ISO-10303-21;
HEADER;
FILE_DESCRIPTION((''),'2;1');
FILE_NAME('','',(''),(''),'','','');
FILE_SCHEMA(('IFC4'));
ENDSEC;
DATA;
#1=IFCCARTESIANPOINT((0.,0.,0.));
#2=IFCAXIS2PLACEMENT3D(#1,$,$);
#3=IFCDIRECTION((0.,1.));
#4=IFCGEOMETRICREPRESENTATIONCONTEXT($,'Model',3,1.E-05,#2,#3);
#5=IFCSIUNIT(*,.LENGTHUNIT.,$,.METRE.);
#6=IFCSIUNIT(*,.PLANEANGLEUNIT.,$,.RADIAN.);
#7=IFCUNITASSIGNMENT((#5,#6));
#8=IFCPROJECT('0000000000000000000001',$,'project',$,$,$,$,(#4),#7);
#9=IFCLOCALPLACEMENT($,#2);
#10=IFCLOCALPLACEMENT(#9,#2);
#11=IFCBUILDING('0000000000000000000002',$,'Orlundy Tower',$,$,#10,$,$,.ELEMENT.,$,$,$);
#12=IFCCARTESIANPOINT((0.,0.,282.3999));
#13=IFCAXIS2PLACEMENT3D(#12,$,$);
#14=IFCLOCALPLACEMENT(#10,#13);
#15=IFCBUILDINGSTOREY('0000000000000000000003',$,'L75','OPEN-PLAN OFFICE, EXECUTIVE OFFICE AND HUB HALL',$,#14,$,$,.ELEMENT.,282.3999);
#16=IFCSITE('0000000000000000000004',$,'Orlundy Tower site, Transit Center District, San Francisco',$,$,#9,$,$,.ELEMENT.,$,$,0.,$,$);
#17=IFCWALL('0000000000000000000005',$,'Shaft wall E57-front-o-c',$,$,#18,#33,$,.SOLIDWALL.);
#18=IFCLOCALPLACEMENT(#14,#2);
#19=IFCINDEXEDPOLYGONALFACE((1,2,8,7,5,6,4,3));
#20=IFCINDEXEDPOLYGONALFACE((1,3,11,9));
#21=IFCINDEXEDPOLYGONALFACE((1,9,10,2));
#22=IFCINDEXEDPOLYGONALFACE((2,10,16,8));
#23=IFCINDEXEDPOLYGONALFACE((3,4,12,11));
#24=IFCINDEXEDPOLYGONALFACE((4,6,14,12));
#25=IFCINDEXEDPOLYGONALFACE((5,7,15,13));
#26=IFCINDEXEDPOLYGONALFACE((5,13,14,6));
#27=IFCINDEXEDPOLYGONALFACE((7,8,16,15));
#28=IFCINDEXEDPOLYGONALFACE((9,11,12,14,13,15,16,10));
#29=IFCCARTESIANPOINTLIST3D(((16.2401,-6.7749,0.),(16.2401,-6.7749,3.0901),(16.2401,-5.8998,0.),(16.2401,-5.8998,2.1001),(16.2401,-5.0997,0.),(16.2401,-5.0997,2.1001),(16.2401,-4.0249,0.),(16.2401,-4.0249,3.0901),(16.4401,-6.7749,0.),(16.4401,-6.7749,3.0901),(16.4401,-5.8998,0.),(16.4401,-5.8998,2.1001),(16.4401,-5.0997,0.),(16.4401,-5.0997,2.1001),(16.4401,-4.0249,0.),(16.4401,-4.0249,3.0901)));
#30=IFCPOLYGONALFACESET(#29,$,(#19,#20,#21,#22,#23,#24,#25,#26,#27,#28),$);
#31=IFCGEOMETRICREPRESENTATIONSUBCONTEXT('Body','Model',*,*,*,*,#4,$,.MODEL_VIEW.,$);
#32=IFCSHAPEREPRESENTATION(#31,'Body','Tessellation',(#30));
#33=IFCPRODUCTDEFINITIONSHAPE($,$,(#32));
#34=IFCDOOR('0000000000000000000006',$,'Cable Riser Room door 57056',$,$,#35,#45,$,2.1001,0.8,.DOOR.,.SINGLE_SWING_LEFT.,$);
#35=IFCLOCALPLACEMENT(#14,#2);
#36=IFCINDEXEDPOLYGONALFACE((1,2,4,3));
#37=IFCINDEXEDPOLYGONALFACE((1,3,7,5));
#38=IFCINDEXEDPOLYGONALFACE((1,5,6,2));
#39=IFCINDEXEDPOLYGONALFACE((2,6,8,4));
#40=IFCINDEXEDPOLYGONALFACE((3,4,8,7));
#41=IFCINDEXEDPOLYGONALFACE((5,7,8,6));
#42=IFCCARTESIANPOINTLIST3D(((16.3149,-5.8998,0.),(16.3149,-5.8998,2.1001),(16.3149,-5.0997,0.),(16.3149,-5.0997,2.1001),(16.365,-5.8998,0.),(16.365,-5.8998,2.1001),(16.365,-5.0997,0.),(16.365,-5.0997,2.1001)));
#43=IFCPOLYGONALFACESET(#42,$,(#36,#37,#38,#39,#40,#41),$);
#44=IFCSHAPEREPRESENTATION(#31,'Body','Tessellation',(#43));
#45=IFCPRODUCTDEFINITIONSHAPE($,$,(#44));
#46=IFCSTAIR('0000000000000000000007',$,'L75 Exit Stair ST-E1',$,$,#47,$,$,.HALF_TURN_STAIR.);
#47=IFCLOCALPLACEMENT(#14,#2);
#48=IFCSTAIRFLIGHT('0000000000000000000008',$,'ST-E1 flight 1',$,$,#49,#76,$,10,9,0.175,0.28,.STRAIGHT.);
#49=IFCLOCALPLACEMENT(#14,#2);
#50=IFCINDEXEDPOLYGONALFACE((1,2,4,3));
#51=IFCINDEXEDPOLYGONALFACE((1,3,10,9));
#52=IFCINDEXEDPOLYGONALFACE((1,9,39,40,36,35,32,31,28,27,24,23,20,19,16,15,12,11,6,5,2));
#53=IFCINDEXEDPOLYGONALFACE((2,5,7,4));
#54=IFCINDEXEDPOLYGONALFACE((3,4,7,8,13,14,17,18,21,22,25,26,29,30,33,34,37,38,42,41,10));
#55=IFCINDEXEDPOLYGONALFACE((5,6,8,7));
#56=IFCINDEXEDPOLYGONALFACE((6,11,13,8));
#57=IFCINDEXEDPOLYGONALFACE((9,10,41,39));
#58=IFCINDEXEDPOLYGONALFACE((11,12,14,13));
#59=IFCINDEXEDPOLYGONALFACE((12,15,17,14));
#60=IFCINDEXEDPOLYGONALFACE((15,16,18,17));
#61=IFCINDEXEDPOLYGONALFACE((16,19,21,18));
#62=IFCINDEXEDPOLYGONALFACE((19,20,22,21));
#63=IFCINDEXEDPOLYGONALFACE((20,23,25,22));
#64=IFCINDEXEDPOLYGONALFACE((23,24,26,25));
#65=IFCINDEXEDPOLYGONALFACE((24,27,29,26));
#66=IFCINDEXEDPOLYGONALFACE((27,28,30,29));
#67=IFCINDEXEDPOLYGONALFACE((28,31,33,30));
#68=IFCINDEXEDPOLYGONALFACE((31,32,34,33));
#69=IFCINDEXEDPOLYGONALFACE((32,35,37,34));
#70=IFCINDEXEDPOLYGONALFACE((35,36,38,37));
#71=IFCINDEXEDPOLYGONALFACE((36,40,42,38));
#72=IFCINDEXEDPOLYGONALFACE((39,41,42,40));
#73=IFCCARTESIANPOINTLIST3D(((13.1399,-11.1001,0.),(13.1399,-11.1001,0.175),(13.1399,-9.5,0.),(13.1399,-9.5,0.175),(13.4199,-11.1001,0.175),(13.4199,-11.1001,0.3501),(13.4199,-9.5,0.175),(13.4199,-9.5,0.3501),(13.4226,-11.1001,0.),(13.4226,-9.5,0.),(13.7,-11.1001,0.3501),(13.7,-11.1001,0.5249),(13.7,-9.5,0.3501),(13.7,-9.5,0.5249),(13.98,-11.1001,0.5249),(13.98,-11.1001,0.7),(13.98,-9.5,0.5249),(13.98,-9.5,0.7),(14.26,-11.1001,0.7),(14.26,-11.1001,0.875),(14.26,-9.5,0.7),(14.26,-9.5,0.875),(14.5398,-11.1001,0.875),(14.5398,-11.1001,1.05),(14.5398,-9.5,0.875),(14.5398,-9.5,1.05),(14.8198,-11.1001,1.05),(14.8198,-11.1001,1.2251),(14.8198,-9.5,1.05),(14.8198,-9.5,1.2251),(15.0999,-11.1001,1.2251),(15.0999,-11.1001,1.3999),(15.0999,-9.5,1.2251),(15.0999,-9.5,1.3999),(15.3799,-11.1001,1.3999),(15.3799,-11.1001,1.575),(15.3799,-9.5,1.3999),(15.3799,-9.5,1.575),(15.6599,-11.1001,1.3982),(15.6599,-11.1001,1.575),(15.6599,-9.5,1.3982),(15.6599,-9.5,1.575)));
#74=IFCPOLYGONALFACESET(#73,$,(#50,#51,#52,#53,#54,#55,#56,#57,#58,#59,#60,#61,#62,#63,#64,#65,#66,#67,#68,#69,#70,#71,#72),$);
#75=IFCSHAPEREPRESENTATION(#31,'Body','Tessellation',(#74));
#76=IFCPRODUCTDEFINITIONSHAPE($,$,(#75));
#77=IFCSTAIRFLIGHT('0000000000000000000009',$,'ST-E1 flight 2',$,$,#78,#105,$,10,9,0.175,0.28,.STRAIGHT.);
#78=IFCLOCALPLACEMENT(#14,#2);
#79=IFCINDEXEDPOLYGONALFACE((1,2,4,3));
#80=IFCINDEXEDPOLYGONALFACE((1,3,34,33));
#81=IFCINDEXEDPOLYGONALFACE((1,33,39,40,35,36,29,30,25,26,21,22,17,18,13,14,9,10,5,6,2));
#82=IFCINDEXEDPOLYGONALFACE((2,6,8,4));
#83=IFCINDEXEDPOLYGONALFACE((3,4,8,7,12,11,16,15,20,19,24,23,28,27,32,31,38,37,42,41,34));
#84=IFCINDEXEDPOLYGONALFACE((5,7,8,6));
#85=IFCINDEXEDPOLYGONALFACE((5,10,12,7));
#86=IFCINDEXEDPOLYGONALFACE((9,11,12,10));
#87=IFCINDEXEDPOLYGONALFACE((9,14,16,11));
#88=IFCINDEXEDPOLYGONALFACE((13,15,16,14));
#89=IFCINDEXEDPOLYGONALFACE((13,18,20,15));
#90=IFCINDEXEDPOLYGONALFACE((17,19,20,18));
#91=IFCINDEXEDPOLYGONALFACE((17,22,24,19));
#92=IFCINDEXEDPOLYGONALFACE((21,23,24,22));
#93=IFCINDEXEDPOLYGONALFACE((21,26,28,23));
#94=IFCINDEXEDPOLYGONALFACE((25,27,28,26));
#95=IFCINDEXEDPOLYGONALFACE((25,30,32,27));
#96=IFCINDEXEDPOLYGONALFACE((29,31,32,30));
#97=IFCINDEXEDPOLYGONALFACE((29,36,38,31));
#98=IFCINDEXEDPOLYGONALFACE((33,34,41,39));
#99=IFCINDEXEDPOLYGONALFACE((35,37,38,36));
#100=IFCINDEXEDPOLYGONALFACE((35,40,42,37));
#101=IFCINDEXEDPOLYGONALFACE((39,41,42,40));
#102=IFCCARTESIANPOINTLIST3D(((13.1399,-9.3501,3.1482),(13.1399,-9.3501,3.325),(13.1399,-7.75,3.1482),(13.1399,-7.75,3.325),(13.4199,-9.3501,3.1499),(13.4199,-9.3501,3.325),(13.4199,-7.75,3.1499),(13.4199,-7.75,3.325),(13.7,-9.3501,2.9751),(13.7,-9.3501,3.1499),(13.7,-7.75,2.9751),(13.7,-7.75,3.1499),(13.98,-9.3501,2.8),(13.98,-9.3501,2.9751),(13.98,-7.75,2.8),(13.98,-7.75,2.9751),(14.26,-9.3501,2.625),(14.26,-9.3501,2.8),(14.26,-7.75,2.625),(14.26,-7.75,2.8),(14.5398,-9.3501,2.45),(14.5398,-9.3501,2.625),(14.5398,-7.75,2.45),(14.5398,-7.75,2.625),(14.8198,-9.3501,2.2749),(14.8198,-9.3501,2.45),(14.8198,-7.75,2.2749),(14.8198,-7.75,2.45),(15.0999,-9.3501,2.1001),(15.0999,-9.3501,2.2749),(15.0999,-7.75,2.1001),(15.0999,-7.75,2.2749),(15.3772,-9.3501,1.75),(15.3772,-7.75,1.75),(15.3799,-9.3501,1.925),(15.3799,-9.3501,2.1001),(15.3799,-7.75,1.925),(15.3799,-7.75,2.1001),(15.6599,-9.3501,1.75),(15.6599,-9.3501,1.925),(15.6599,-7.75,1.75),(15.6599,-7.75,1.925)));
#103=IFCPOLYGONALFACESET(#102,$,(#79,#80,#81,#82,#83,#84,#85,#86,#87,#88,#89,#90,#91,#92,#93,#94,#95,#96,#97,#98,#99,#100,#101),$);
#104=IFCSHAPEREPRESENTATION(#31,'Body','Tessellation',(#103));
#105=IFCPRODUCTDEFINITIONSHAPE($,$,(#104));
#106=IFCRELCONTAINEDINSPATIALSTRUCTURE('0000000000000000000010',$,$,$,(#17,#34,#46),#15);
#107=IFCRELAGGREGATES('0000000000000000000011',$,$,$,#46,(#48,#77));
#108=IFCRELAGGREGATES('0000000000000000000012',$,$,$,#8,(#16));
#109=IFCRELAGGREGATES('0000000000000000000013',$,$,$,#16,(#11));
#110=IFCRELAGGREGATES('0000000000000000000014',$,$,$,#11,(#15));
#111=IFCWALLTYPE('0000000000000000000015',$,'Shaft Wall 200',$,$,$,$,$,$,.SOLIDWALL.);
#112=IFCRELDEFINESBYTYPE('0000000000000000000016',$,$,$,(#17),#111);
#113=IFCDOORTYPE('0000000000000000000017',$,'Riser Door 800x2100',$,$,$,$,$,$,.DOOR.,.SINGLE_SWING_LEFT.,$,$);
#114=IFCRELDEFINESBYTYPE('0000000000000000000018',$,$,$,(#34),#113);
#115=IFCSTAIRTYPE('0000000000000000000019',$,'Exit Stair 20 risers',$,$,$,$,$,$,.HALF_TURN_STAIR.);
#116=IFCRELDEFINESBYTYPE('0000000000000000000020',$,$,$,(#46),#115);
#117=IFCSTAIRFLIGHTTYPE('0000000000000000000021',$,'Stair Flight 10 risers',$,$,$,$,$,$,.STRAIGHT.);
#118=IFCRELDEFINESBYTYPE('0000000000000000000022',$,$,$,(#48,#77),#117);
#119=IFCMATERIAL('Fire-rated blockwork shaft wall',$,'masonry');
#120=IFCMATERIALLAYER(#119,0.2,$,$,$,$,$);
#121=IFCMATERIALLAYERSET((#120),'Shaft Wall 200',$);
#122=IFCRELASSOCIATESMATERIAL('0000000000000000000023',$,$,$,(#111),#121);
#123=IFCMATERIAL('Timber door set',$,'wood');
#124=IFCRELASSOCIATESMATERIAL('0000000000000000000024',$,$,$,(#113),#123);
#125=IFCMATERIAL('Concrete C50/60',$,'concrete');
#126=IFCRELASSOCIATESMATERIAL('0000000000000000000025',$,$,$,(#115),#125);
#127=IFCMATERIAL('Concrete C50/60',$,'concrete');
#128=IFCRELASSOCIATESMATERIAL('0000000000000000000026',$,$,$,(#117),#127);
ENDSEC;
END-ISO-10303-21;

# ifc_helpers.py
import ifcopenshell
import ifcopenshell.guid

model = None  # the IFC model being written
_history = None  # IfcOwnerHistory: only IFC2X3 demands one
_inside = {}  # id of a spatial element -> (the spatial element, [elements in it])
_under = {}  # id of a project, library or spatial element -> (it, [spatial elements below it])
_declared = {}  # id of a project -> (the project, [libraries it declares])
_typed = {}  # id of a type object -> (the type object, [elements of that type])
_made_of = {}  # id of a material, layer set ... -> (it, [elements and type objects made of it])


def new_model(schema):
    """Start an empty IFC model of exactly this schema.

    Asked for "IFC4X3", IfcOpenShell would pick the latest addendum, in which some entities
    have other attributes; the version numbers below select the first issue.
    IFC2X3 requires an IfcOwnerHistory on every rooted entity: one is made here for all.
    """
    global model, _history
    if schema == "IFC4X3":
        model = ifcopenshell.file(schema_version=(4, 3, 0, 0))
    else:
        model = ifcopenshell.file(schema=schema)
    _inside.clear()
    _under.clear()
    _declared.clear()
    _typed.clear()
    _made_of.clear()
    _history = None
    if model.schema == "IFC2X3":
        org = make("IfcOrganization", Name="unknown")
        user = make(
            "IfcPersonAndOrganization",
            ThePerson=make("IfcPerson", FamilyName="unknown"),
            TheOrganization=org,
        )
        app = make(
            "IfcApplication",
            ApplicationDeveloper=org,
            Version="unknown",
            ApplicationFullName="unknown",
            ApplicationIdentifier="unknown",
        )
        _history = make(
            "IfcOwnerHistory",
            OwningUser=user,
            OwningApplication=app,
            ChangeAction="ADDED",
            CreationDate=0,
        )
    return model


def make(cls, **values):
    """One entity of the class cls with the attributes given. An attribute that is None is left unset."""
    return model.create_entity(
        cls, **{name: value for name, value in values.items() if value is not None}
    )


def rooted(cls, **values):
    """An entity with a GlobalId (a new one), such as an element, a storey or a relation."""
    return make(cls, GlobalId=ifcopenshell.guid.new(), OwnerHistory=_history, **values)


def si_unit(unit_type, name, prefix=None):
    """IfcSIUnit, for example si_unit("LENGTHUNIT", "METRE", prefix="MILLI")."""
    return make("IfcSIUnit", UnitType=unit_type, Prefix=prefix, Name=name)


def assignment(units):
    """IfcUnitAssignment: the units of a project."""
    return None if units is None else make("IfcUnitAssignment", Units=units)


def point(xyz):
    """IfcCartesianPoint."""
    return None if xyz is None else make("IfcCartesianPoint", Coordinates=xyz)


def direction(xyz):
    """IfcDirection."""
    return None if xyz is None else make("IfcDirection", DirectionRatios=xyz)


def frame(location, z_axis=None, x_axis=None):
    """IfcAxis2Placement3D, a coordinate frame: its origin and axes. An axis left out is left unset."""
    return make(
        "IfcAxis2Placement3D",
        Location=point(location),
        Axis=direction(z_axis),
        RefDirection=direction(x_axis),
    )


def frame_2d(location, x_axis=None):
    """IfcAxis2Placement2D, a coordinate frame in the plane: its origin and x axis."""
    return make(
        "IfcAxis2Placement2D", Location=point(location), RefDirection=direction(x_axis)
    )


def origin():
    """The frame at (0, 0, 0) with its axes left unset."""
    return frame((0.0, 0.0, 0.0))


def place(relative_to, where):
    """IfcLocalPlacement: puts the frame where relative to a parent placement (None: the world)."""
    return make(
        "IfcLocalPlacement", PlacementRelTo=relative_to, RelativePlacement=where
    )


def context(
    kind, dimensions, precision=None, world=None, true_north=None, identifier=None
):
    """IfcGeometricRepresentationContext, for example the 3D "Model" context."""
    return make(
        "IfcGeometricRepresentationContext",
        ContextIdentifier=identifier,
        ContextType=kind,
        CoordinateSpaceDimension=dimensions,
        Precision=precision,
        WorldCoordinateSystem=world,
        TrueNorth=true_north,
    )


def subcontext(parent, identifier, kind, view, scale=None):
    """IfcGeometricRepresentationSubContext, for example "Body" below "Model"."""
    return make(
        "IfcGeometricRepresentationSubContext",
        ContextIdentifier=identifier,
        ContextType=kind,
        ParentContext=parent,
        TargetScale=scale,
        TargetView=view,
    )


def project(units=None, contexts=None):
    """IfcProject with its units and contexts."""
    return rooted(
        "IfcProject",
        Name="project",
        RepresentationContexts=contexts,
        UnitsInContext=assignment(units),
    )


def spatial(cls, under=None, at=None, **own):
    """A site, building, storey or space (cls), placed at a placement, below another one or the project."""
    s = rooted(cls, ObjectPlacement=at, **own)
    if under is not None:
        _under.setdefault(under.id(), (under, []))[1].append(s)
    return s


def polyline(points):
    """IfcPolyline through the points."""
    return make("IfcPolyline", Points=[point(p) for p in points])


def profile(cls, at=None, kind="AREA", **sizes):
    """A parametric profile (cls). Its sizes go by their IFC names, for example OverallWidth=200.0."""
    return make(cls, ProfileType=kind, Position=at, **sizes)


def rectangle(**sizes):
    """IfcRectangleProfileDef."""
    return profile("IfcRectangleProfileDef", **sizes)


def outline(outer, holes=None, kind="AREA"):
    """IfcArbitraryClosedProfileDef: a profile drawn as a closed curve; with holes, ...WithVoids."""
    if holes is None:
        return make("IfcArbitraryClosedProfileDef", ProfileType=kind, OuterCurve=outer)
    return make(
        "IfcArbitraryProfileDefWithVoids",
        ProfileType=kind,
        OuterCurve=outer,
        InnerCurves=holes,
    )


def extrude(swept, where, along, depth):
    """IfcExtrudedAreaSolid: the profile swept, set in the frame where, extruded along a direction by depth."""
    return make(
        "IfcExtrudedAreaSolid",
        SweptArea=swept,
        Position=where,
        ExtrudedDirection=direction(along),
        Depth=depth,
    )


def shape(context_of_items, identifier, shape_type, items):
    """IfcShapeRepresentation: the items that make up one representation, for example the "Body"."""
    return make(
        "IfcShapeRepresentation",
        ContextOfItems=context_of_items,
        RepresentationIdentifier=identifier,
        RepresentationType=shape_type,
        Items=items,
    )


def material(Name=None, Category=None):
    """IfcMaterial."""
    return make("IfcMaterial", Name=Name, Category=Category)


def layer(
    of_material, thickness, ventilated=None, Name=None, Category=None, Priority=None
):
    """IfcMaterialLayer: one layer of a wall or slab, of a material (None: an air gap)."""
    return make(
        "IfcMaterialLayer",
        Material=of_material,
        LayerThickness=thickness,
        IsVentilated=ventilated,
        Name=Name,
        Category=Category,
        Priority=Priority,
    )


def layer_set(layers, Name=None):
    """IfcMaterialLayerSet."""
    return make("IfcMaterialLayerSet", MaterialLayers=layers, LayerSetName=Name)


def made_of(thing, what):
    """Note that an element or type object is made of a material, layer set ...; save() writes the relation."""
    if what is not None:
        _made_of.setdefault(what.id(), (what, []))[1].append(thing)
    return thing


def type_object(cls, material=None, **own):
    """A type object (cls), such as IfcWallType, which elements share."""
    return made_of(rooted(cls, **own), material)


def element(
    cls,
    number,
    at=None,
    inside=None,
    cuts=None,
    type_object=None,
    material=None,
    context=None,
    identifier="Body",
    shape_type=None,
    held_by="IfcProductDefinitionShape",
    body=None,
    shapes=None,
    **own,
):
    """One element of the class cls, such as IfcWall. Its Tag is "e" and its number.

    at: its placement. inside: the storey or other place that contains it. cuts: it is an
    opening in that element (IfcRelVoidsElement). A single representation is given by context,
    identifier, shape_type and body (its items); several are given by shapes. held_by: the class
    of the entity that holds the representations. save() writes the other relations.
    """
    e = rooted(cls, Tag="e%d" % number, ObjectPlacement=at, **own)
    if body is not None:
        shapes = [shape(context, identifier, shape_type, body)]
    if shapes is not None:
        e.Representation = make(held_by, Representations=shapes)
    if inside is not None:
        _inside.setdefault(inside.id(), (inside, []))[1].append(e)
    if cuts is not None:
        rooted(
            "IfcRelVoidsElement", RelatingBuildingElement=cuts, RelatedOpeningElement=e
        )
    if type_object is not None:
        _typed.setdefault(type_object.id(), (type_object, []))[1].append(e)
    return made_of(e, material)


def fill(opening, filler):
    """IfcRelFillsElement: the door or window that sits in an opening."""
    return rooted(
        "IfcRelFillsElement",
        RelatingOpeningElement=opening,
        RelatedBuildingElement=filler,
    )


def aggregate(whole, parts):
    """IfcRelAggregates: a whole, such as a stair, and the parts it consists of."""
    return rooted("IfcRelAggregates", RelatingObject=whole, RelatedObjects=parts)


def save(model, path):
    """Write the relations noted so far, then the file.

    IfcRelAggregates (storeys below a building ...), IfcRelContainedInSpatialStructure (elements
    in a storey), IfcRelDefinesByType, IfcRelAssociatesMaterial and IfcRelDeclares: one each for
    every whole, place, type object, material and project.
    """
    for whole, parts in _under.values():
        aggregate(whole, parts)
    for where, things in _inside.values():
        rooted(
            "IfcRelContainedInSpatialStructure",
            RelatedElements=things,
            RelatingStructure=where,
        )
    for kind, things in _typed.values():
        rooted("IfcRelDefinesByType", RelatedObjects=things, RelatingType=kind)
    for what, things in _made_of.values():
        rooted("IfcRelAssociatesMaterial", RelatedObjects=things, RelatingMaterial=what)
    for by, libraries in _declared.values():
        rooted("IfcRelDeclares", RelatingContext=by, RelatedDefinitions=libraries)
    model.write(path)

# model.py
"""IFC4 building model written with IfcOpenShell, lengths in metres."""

from ifc_helpers import new_model, si_unit, direction, frame, frame_2d, origin, place, context, subcontext, project, spatial, polyline, rectangle, outline, extrude, material, layer, layer_set, type_object, element, fill, aggregate, save


model = new_model("IFC4")

# Units and contexts
model_context = context("Model", 3, precision=1e-05, world=origin(), true_north=direction((0.0, 1.0)))
body_context = subcontext(model_context, "Body", "Model", "MODEL_VIEW")
ifc_project = project(units=[si_unit("LENGTHUNIT", "METRE"), si_unit("PLANEANGLEUNIT", "RADIAN")], contexts=[model_context])

# Site, building, storey
site_placement = place(None, origin())
site = spatial("IfcSite", under=ifc_project, at=site_placement, Name="Orlundy Tower site, Transit Center District, San Francisco", CompositionType="ELEMENT", RefElevation=0.0)
building_placement = place(site_placement, origin())
building = spatial("IfcBuilding", under=site, at=building_placement, Name="Orlundy Tower", CompositionType="ELEMENT")
storey_placement = place(building_placement, frame((0.0, 0.0, 282.3999)))
storey = spatial("IfcBuildingStorey", under=building, at=storey_placement, Name="L75", Description="OPEN-PLAN OFFICE, EXECUTIVE OFFICE AND HUB HALL", CompositionType="ELEMENT", Elevation=282.3999)

# Shared definitions
ifc_material_1 = material(Name="Fire-rated blockwork shaft wall", Category="masonry")
ifc_layer_1 = layer(ifc_material_1, 0.2)
ifc_layer_set_1 = layer_set([ifc_layer_1], Name="Shaft Wall 200")
wall_type_1 = type_object("IfcWallType", Name="Shaft Wall 200", PredefinedType="SOLIDWALL", material=ifc_layer_set_1)

# Wall, opening, door
wall_1_placement = place(storey_placement, frame((16.3401, -4.0249, 0.0), z_axis=(0.0, 0.0, 1.0), x_axis=(0.0, -1.0, 0.0)))
wall_1 = element("IfcWall", 1, at=wall_1_placement, inside=storey, type_object=wall_type_1, Name="Shaft wall E57-front-o-c", PredefinedType="SOLIDWALL", context=body_context, shape_type="SweptSolid", body=[
    extrude(rectangle(XDim=2.75, YDim=0.2, at=frame_2d((1.375, 0.0))), origin(), (0.0, 0.0, 1.0), 3.0901),
])
opening_1_placement = place(wall_1_placement, frame((1.075, 0.0, 0.0)))
opening_1 = element("IfcOpeningElement", 2, at=opening_1_placement, cuts=wall_1, PredefinedType="OPENING", context=body_context, shape_type="SweptSolid", body=[
    extrude(rectangle(XDim=0.8, YDim=2.1001, at=frame_2d((0.3999, 1.05))), frame((0.0, 0.1101, 0.0), z_axis=(0.0, -1.0, 0.0), x_axis=(1.0, 0.0, 0.0)), (0.0, 0.0, 1.0), 0.2202),
])
ifc_material_2 = material(Name="Timber door set", Category="wood")
door_type_1 = type_object("IfcDoorType", Name="Riser Door 800x2100", OperationType="SINGLE_SWING_LEFT", PredefinedType="DOOR", material=ifc_material_2)
door_1_placement = place(opening_1_placement, origin())
door_1 = element("IfcDoor", 3, at=door_1_placement, inside=storey, type_object=door_type_1, Name="Cable Riser Room door 57056", OperationType="SINGLE_SWING_LEFT", OverallHeight=2.1001, OverallWidth=0.8, PredefinedType="DOOR", context=body_context, shape_type="SweptSolid", body=[
    extrude(rectangle(XDim=0.8, YDim=2.1001, at=frame_2d((0.3999, 1.05))), frame((0.0, 0.0249, 0.0), z_axis=(0.0, -1.0, 0.0), x_axis=(1.0, 0.0, 0.0)), (0.0, 0.0, 1.0), 0.05),
])
fill(opening_1, door_1)

# Stair, stair flights
ifc_material_3 = material(Name="Concrete C50/60", Category="concrete")
stair_type = type_object("IfcStairType", Name="Exit Stair 20 risers", PredefinedType="HALF_TURN_STAIR", material=ifc_material_3)
stair_placement = place(storey_placement, origin())
stair = element("IfcStair", 4, at=stair_placement, inside=storey, type_object=stair_type, Name="L75 Exit Stair ST-E1", PredefinedType="HALF_TURN_STAIR")
ifc_material_4 = material(Name="Concrete C50/60", Category="concrete")
stair_flight_type = type_object("IfcStairFlightType", Name="Stair Flight 10 risers", PredefinedType="STRAIGHT", material=ifc_material_4)
stair_flight_1_placement = place(storey_placement, frame((13.1399, -10.3, 0.0), z_axis=(0.0, 0.0, 1.0), x_axis=(1.0, 0.0, 0.0)))
stair_flight_1 = element("IfcStairFlight", 5, at=stair_flight_1_placement, type_object=stair_flight_type, Name="ST-E1 flight 1", NumberOfRisers=10, NumberOfTreads=9, PredefinedType="STRAIGHT", RiserHeight=0.175, TreadLength=0.28, context=body_context, shape_type="SweptSolid", body=[
    extrude(outline(polyline([(0.0, 0.0), (0.0, 0.175), (0.28, 0.175), (0.28, 0.3501), (0.5601, 0.3501), (0.5601, 0.5249), (0.8401, 0.5249), (0.8401, 0.7), (1.1201, 0.7), (1.1201, 0.875), (1.3999, 0.875), (1.3999, 1.05), (1.6799, 1.05), (1.6799, 1.2251), (1.96, 1.2251), (1.96, 1.3999), (2.24, 1.3999), (2.24, 1.575), (2.52, 1.575), (2.52, 1.75), (2.52, 1.3982), (0.2827, 0.0), (0.0, 0.0)])), frame((0.0, 0.8, 0.0), z_axis=(0.0, -1.0, 0.0), x_axis=(1.0, 0.0, 0.0)), (0.0, 0.0, 1.0), 1.6001),
])
stair_flight_2_placement = place(storey_placement, frame((15.6599, -8.55, 1.75), z_axis=(0.0, 0.0, 1.0), x_axis=(-1.0, 0.0, 0.0)))
stair_flight_2 = element("IfcStairFlight", 6, at=stair_flight_2_placement, type_object=stair_flight_type, Name="ST-E1 flight 2", NumberOfRisers=10, NumberOfTreads=9, PredefinedType="STRAIGHT", RiserHeight=0.175, TreadLength=0.28, context=body_context, shape_type="SweptSolid", body=[
    extrude(outline(polyline([(0.0, 0.0), (0.0, 0.175), (0.28, 0.175), (0.28, 0.3501), (0.5601, 0.3501), (0.5601, 0.5249), (0.8401, 0.5249), (0.8401, 0.7), (1.1201, 0.7), (1.1201, 0.875), (1.3999, 0.875), (1.3999, 1.05), (1.6799, 1.05), (1.6799, 1.2251), (1.96, 1.2251), (1.96, 1.3999), (2.24, 1.3999), (2.24, 1.575), (2.52, 1.575), (2.52, 1.75), (2.52, 1.3982), (0.2827, 0.0), (0.0, 0.0)])), frame((0.0, 0.8, 0.0), z_axis=(0.0, -1.0, 0.0), x_axis=(1.0, 0.0, 0.0)), (0.0, 0.0, 1.0), 1.6001),
])
aggregate(stair, [stair_flight_1, stair_flight_2])

save(model, "model.ifc")
